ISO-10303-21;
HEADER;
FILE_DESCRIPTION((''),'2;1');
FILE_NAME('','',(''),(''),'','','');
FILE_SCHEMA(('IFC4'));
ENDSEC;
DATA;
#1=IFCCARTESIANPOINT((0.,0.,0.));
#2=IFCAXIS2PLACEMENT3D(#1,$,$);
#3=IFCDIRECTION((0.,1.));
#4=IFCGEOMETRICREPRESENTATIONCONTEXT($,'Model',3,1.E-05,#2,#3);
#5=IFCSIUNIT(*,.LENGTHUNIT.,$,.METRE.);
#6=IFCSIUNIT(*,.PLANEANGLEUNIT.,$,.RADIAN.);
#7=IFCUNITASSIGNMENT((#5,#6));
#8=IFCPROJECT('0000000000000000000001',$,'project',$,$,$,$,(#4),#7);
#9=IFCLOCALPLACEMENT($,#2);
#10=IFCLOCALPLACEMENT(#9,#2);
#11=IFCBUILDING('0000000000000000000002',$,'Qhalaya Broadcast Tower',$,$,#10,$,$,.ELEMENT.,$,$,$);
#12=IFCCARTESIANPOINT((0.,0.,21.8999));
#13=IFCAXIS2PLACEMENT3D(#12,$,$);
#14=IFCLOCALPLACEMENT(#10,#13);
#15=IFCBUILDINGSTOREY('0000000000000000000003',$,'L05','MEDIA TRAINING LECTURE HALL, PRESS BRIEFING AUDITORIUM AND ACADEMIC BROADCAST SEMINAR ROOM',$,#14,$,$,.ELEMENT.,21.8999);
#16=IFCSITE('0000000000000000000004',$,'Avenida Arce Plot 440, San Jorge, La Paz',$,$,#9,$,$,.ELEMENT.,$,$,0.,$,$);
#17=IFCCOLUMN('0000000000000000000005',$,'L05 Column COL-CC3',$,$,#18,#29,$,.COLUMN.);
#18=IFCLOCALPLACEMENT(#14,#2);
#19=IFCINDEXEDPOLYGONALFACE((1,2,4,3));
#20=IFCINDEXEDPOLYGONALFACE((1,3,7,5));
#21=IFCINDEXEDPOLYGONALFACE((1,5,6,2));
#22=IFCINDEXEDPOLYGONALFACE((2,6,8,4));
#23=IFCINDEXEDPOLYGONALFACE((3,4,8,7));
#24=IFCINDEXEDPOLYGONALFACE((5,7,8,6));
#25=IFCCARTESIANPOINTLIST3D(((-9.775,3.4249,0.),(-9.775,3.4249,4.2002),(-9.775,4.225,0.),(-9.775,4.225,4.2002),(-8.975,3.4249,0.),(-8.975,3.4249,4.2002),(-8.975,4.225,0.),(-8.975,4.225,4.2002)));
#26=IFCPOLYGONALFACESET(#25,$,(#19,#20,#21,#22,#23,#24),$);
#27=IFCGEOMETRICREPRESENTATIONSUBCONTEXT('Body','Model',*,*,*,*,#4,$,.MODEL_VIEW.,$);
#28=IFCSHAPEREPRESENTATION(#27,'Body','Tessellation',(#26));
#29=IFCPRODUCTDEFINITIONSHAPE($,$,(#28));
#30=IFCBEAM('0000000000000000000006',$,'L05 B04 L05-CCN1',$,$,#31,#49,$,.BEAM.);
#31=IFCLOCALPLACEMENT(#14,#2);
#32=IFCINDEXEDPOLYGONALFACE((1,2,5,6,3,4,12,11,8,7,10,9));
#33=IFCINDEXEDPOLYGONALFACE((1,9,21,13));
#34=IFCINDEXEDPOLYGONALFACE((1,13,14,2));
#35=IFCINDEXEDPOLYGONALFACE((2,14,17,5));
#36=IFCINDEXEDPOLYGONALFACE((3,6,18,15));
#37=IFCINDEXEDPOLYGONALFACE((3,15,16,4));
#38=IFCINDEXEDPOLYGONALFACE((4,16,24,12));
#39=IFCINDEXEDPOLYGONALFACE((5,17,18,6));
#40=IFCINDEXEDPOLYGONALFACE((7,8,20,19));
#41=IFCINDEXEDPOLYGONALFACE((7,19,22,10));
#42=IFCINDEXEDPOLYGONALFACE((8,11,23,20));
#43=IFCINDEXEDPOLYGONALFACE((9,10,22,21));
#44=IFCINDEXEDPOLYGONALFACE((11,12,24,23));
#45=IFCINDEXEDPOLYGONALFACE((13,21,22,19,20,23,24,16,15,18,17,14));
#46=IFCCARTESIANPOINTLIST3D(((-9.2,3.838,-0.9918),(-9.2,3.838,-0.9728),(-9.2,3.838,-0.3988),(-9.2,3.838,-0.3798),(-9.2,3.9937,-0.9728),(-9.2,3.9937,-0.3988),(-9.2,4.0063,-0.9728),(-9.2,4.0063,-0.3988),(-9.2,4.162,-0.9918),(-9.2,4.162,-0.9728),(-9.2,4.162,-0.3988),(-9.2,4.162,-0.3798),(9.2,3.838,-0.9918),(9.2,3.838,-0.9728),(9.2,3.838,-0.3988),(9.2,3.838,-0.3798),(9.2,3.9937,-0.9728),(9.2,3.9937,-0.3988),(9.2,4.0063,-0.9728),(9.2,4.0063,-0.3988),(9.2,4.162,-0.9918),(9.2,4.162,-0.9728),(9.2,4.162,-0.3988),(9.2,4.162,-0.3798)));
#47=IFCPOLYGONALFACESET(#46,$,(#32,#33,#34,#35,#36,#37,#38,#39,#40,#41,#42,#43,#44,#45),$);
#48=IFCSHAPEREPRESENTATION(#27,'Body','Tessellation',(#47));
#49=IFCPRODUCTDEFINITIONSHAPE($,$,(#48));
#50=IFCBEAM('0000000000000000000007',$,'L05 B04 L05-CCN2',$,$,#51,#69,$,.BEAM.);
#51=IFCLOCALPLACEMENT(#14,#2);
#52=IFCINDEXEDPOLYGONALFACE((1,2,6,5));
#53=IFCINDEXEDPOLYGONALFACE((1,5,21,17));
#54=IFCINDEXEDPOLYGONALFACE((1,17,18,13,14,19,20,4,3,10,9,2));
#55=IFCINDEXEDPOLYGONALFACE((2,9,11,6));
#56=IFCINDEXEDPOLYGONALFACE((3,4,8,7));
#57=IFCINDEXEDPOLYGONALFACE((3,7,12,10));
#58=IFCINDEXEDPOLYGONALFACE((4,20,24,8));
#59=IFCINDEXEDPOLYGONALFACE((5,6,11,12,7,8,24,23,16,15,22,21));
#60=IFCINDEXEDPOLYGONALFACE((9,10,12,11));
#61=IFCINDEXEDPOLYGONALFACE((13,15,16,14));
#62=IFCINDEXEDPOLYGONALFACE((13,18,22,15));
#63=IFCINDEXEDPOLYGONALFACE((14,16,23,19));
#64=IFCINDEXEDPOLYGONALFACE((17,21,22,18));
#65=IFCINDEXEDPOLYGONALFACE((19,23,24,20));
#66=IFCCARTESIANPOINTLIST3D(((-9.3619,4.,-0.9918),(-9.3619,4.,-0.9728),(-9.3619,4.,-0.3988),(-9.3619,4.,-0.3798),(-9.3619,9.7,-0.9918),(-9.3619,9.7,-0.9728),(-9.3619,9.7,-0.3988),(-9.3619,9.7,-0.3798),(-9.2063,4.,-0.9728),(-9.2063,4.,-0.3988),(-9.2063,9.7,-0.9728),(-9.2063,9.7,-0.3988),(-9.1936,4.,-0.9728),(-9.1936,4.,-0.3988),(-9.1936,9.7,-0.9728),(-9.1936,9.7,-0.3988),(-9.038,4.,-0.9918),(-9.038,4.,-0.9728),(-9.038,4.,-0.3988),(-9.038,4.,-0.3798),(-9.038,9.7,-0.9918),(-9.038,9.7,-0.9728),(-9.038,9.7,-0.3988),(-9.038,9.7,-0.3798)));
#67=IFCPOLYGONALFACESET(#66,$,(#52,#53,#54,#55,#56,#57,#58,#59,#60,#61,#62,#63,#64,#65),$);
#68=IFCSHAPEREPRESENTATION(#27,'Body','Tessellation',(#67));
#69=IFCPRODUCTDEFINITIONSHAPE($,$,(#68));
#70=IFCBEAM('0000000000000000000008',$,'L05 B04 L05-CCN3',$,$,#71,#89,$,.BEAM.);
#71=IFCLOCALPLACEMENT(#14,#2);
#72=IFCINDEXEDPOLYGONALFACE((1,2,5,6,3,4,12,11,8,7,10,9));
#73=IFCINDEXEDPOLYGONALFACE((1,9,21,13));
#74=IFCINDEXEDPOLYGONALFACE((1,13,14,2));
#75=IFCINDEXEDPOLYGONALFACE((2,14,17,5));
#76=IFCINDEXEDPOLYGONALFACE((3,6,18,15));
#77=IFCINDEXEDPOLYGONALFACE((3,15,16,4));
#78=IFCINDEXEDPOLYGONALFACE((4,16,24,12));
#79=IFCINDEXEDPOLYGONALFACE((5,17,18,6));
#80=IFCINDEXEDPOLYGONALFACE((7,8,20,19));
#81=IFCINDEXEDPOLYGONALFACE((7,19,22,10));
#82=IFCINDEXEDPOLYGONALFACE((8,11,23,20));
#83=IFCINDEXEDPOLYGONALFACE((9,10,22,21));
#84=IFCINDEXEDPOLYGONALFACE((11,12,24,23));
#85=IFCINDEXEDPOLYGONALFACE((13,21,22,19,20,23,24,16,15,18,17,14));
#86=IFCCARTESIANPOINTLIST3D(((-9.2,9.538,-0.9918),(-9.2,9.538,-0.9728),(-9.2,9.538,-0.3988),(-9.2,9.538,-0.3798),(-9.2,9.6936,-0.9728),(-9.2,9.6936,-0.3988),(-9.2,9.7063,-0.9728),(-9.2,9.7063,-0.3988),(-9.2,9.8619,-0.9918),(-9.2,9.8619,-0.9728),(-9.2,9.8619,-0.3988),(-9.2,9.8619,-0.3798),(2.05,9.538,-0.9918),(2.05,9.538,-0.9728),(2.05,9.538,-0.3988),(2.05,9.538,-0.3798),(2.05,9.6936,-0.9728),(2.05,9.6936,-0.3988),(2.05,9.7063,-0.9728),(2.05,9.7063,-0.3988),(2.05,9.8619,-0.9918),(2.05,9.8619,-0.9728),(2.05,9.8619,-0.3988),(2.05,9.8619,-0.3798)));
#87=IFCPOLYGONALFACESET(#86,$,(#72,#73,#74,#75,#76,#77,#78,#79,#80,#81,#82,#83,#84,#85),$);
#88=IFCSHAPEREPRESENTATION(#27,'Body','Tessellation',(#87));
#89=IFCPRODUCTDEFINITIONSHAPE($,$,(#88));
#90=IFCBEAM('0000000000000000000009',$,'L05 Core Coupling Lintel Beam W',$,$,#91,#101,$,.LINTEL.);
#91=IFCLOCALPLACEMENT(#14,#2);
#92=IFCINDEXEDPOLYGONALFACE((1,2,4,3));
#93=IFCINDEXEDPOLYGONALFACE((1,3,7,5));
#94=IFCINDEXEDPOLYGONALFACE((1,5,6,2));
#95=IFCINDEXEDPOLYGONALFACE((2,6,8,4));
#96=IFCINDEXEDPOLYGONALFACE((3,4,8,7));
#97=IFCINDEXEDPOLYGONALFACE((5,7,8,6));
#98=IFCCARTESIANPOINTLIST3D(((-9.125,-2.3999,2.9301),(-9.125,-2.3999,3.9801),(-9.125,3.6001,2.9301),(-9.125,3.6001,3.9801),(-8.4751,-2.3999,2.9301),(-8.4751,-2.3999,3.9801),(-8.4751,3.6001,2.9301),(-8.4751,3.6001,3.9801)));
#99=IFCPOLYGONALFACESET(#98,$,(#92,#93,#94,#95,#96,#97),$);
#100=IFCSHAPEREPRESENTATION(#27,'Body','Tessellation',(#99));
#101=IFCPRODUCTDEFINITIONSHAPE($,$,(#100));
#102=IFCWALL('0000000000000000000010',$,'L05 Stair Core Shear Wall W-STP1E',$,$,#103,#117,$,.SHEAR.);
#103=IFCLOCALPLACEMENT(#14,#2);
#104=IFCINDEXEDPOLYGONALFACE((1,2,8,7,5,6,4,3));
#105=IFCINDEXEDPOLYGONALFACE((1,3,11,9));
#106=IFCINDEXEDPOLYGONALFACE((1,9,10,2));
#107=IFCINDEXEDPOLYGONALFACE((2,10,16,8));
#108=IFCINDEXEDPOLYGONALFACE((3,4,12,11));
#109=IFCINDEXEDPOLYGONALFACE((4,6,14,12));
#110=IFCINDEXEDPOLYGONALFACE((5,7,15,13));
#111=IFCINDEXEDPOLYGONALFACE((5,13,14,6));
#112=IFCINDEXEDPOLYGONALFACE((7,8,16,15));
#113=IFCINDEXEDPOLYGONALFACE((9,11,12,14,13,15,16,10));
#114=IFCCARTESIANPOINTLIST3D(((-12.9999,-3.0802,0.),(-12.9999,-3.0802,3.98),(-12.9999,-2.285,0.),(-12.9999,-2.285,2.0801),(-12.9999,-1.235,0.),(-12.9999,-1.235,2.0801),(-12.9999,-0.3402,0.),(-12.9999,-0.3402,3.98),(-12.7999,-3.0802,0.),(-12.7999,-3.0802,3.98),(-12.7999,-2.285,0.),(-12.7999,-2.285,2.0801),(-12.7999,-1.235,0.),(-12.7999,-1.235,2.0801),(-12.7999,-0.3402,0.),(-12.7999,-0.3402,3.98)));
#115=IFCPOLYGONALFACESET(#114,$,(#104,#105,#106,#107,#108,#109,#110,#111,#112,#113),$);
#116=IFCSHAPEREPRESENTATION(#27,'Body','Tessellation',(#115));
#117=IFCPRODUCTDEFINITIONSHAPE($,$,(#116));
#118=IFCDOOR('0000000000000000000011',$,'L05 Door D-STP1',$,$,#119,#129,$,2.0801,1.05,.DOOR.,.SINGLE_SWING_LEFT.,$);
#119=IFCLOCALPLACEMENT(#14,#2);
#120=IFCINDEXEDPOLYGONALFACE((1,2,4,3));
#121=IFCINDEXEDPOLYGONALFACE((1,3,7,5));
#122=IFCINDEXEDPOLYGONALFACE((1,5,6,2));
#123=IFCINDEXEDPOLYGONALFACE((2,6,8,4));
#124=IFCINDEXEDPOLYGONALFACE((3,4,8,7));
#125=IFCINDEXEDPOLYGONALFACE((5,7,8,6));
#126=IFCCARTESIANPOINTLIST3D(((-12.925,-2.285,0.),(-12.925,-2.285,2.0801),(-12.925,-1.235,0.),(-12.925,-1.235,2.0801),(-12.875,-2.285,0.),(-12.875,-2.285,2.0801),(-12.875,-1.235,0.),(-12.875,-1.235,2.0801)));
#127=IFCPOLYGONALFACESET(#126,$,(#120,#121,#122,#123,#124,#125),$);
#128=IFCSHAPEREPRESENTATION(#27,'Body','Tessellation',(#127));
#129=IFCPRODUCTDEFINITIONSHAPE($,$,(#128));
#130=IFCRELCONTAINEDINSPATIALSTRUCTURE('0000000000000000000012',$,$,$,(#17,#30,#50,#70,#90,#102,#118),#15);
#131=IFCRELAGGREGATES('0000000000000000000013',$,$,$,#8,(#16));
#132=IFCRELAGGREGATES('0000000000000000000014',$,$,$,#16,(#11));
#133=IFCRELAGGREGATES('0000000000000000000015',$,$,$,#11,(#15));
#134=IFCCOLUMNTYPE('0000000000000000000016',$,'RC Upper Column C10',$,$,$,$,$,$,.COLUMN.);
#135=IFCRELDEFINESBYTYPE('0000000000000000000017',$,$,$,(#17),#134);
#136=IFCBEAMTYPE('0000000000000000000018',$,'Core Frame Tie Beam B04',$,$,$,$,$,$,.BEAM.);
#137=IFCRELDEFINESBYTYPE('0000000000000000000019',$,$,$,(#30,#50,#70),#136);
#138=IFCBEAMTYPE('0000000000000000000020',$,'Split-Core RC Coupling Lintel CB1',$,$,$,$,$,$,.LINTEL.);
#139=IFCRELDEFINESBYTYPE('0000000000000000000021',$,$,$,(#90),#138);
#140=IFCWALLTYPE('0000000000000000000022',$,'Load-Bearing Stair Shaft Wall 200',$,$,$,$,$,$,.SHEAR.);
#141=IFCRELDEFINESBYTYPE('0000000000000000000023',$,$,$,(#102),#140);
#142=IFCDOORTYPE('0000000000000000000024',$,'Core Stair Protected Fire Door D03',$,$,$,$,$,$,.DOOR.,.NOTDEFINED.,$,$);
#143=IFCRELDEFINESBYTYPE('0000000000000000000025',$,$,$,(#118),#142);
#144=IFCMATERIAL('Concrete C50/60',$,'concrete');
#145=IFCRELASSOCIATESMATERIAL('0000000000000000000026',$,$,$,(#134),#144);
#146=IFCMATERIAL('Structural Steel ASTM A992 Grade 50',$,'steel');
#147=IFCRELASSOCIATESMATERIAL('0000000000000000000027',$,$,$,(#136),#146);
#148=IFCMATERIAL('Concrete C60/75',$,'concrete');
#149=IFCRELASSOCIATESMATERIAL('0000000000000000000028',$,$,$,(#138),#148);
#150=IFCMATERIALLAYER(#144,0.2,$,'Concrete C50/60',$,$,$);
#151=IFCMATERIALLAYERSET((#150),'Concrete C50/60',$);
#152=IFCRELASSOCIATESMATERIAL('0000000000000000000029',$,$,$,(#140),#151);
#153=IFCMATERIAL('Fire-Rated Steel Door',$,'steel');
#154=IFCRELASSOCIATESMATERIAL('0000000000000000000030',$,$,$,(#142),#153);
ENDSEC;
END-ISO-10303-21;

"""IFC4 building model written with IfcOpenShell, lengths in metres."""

from ifc_helpers import new_model, si_unit, direction, frame, frame_2d, origin, origin_2d, place, context, subcontext, project, spatial, rectangle, i_section, extrude, material, layer, layer_set, material_profile, profile_set, type_object, element, fill, save


model = new_model("IFC4")

# Units and contexts
model_context = context("Model", 3, precision=1e-05, world=origin(), true_north=direction((0.0, 1.0)))
body_context = subcontext(model_context, "Body", "Model", "MODEL_VIEW")
ifc_project = project(units=[si_unit("LENGTHUNIT", "METRE"), si_unit("PLANEANGLEUNIT", "RADIAN")], contexts=[model_context])

# Site, building, storey
site_placement = place(None, origin())
site = spatial("IfcSite", under=ifc_project, at=site_placement, Name="Avenida Arce Plot 440, San Jorge, La Paz", CompositionType="ELEMENT", RefElevation=0.0)
building_placement = place(site_placement, origin())
building = spatial("IfcBuilding", under=site, at=building_placement, Name="Qhalaya Broadcast Tower", CompositionType="ELEMENT")
storey_placement = place(building_placement, frame((0.0, 0.0, 21.8999)))
storey = spatial("IfcBuildingStorey", under=building, at=storey_placement, Name="L05", Description="MEDIA TRAINING LECTURE HALL, PRESS BRIEFING AUDITORIUM AND ACADEMIC BROADCAST SEMINAR ROOM", CompositionType="ELEMENT", Elevation=21.8999)

# Column
ifc_material_1 = material(Name="Concrete C50/60", Category="concrete")
ifc_material_profile_1 = material_profile(ifc_material_1, rectangle(XDim=0.8, YDim=0.8, at=origin_2d()), Name="RC-COL 800x800")
ifc_profile_set_1 = profile_set([ifc_material_profile_1], Name="Concrete C50/60")
column_type = type_object("IfcColumnType", Name="RC Upper Column C10", PredefinedType="COLUMN", material=ifc_profile_set_1)
column_placement = place(storey_placement, frame((-9.375, 3.825, 0.0), z_axis=(0.0, 0.0, 1.0), x_axis=(1.0, 0.0, 0.0)))
element("IfcColumn", 1, at=column_placement, inside=storey, type_object=column_type, Name="L05 Column COL-CC3", PredefinedType="COLUMN", context=body_context, shape_type="SweptSolid", body=[
    extrude(rectangle(XDim=0.8, YDim=0.8, at=origin_2d()), origin(), (0.0, 0.0, 1.0), 4.2002),
])

# Beams
ifc_material_2 = material(Name="Structural Steel ASTM A992 Grade 50", Category="steel")
ifc_material_profile_2 = material_profile(ifc_material_2, i_section(OverallWidth=0.324, OverallDepth=0.6121, WebThickness=0.0127, FlangeThickness=0.019, at=origin_2d()), Name="W24X104")
ifc_profile_set_2 = profile_set([ifc_material_profile_2], Name="Structural Steel ASTM A992 Grade 50")
beam_type_1 = type_object("IfcBeamType", Name="Core Frame Tie Beam B04", PredefinedType="BEAM", material=ifc_profile_set_2)
beam_1_placement = place(storey_placement, frame((-9.2, 4.0, -0.6858), z_axis=(1.0, 0.0, 0.0), x_axis=(0.0, 1.0, 0.0)))
element("IfcBeam", 2, at=beam_1_placement, inside=storey, type_object=beam_type_1, Name="L05 B04 L05-CCN1", PredefinedType="BEAM", context=body_context, shape_type="SweptSolid", body=[
    extrude(i_section(OverallWidth=0.324, OverallDepth=0.6121, WebThickness=0.0127, FlangeThickness=0.019, at=origin_2d()), origin(), (0.0, 0.0, 1.0), 18.3999),
])
beam_2_placement = place(storey_placement, frame((-9.2, 4.0, -0.6858), z_axis=(0.0, 1.0, 0.0), x_axis=(-1.0, 0.0, 0.0)))
element("IfcBeam", 3, at=beam_2_placement, inside=storey, type_object=beam_type_1, Name="L05 B04 L05-CCN2", PredefinedType="BEAM", context=body_context, shape_type="SweptSolid", body=[
    extrude(i_section(OverallWidth=0.324, OverallDepth=0.6121, WebThickness=0.0127, FlangeThickness=0.019, at=origin_2d()), origin(), (0.0, 0.0, 1.0), 5.7),
])
beam_3_placement = place(storey_placement, frame((-9.2, 9.7, -0.6858), z_axis=(1.0, 0.0, 0.0), x_axis=(0.0, 1.0, 0.0)))
element("IfcBeam", 4, at=beam_3_placement, inside=storey, type_object=beam_type_1, Name="L05 B04 L05-CCN3", PredefinedType="BEAM", context=body_context, shape_type="SweptSolid", body=[
    extrude(i_section(OverallWidth=0.324, OverallDepth=0.6121, WebThickness=0.0127, FlangeThickness=0.019, at=origin_2d()), origin(), (0.0, 0.0, 1.0), 11.25),
])
ifc_material_3 = material(Name="Concrete C60/75", Category="concrete")
ifc_material_profile_3 = material_profile(ifc_material_3, rectangle(XDim=0.6499, YDim=1.05, at=origin_2d()), Name="RC-CB 650x1050")
ifc_profile_set_3 = profile_set([ifc_material_profile_3], Name="Concrete C60/75")
beam_type_2 = type_object("IfcBeamType", Name="Split-Core RC Coupling Lintel CB1", PredefinedType="LINTEL", material=ifc_profile_set_3)
beam_4_placement = place(storey_placement, frame((-8.8, -2.3999, 3.4551), z_axis=(0.0, 1.0, 0.0), x_axis=(-1.0, 0.0, 0.0)))
element("IfcBeam", 5, at=beam_4_placement, inside=storey, type_object=beam_type_2, Name="L05 Core Coupling Lintel Beam W", PredefinedType="LINTEL", context=body_context, shape_type="SweptSolid", body=[
    extrude(rectangle(XDim=0.6499, YDim=1.05, at=origin_2d()), origin(), (0.0, 0.0, 1.0), 6.0),
])

# Wall, opening, door
ifc_layer_1 = layer(ifc_material_1, 0.2, Name="Concrete C50/60")
ifc_layer_set_1 = layer_set([ifc_layer_1], Name="Concrete C50/60")
wall_type_1 = type_object("IfcWallType", Name="Load-Bearing Stair Shaft Wall 200", PredefinedType="SHEAR", material=ifc_layer_set_1)
wall_1_placement = place(storey_placement, frame((-12.8999, -0.3401, 0.0), z_axis=(0.0, 0.0, 1.0), x_axis=(0.0, -1.0, 0.0)))
wall_1 = element("IfcWall", 6, at=wall_1_placement, inside=storey, type_object=wall_type_1, Name="L05 Stair Core Shear Wall W-STP1E", PredefinedType="SHEAR", context=body_context, shape_type="SweptSolid", body=[
    extrude(rectangle(XDim=2.74, YDim=0.2, at=frame_2d((1.3701, 0.0))), origin(), (0.0, 0.0, 1.0), 3.98),
])
opening_1_placement = place(wall_1_placement, frame((0.895, 0.0, 0.0)))
opening_1 = element("IfcOpeningElement", 7, at=opening_1_placement, cuts=wall_1, PredefinedType="OPENING", context=body_context, shape_type="SweptSolid", body=[
    extrude(rectangle(XDim=1.05, YDim=2.0801, at=frame_2d((0.5249, 1.04))), frame((0.0, 0.1121, 0.0), z_axis=(0.0, -1.0, 0.0), x_axis=(1.0, 0.0, 0.0)), (0.0, 0.0, 1.0), 0.2239),
])
ifc_material_4 = material(Name="Fire-Rated Steel Door", Category="steel")
door_type_1 = type_object("IfcDoorType", Name="Core Stair Protected Fire Door D03", OperationType="NOTDEFINED", PredefinedType="DOOR", material=ifc_material_4)
door_1_placement = place(opening_1_placement, origin())
door_1 = element("IfcDoor", 8, at=door_1_placement, inside=storey, type_object=door_type_1, Name="L05 Door D-STP1", OperationType="SINGLE_SWING_LEFT", OverallHeight=2.0801, OverallWidth=1.05, PredefinedType="DOOR", context=body_context, shape_type="SweptSolid", body=[
    extrude(rectangle(XDim=1.05, YDim=2.0801, at=frame_2d((0.5249, 1.04))), frame((0.0, 0.0249, 0.0), z_axis=(0.0, -1.0, 0.0), x_axis=(1.0, 0.0, 0.0)), (0.0, 0.0, 1.0), 0.05),
])
fill(opening_1, door_1)

save(model, "model.ifc")
